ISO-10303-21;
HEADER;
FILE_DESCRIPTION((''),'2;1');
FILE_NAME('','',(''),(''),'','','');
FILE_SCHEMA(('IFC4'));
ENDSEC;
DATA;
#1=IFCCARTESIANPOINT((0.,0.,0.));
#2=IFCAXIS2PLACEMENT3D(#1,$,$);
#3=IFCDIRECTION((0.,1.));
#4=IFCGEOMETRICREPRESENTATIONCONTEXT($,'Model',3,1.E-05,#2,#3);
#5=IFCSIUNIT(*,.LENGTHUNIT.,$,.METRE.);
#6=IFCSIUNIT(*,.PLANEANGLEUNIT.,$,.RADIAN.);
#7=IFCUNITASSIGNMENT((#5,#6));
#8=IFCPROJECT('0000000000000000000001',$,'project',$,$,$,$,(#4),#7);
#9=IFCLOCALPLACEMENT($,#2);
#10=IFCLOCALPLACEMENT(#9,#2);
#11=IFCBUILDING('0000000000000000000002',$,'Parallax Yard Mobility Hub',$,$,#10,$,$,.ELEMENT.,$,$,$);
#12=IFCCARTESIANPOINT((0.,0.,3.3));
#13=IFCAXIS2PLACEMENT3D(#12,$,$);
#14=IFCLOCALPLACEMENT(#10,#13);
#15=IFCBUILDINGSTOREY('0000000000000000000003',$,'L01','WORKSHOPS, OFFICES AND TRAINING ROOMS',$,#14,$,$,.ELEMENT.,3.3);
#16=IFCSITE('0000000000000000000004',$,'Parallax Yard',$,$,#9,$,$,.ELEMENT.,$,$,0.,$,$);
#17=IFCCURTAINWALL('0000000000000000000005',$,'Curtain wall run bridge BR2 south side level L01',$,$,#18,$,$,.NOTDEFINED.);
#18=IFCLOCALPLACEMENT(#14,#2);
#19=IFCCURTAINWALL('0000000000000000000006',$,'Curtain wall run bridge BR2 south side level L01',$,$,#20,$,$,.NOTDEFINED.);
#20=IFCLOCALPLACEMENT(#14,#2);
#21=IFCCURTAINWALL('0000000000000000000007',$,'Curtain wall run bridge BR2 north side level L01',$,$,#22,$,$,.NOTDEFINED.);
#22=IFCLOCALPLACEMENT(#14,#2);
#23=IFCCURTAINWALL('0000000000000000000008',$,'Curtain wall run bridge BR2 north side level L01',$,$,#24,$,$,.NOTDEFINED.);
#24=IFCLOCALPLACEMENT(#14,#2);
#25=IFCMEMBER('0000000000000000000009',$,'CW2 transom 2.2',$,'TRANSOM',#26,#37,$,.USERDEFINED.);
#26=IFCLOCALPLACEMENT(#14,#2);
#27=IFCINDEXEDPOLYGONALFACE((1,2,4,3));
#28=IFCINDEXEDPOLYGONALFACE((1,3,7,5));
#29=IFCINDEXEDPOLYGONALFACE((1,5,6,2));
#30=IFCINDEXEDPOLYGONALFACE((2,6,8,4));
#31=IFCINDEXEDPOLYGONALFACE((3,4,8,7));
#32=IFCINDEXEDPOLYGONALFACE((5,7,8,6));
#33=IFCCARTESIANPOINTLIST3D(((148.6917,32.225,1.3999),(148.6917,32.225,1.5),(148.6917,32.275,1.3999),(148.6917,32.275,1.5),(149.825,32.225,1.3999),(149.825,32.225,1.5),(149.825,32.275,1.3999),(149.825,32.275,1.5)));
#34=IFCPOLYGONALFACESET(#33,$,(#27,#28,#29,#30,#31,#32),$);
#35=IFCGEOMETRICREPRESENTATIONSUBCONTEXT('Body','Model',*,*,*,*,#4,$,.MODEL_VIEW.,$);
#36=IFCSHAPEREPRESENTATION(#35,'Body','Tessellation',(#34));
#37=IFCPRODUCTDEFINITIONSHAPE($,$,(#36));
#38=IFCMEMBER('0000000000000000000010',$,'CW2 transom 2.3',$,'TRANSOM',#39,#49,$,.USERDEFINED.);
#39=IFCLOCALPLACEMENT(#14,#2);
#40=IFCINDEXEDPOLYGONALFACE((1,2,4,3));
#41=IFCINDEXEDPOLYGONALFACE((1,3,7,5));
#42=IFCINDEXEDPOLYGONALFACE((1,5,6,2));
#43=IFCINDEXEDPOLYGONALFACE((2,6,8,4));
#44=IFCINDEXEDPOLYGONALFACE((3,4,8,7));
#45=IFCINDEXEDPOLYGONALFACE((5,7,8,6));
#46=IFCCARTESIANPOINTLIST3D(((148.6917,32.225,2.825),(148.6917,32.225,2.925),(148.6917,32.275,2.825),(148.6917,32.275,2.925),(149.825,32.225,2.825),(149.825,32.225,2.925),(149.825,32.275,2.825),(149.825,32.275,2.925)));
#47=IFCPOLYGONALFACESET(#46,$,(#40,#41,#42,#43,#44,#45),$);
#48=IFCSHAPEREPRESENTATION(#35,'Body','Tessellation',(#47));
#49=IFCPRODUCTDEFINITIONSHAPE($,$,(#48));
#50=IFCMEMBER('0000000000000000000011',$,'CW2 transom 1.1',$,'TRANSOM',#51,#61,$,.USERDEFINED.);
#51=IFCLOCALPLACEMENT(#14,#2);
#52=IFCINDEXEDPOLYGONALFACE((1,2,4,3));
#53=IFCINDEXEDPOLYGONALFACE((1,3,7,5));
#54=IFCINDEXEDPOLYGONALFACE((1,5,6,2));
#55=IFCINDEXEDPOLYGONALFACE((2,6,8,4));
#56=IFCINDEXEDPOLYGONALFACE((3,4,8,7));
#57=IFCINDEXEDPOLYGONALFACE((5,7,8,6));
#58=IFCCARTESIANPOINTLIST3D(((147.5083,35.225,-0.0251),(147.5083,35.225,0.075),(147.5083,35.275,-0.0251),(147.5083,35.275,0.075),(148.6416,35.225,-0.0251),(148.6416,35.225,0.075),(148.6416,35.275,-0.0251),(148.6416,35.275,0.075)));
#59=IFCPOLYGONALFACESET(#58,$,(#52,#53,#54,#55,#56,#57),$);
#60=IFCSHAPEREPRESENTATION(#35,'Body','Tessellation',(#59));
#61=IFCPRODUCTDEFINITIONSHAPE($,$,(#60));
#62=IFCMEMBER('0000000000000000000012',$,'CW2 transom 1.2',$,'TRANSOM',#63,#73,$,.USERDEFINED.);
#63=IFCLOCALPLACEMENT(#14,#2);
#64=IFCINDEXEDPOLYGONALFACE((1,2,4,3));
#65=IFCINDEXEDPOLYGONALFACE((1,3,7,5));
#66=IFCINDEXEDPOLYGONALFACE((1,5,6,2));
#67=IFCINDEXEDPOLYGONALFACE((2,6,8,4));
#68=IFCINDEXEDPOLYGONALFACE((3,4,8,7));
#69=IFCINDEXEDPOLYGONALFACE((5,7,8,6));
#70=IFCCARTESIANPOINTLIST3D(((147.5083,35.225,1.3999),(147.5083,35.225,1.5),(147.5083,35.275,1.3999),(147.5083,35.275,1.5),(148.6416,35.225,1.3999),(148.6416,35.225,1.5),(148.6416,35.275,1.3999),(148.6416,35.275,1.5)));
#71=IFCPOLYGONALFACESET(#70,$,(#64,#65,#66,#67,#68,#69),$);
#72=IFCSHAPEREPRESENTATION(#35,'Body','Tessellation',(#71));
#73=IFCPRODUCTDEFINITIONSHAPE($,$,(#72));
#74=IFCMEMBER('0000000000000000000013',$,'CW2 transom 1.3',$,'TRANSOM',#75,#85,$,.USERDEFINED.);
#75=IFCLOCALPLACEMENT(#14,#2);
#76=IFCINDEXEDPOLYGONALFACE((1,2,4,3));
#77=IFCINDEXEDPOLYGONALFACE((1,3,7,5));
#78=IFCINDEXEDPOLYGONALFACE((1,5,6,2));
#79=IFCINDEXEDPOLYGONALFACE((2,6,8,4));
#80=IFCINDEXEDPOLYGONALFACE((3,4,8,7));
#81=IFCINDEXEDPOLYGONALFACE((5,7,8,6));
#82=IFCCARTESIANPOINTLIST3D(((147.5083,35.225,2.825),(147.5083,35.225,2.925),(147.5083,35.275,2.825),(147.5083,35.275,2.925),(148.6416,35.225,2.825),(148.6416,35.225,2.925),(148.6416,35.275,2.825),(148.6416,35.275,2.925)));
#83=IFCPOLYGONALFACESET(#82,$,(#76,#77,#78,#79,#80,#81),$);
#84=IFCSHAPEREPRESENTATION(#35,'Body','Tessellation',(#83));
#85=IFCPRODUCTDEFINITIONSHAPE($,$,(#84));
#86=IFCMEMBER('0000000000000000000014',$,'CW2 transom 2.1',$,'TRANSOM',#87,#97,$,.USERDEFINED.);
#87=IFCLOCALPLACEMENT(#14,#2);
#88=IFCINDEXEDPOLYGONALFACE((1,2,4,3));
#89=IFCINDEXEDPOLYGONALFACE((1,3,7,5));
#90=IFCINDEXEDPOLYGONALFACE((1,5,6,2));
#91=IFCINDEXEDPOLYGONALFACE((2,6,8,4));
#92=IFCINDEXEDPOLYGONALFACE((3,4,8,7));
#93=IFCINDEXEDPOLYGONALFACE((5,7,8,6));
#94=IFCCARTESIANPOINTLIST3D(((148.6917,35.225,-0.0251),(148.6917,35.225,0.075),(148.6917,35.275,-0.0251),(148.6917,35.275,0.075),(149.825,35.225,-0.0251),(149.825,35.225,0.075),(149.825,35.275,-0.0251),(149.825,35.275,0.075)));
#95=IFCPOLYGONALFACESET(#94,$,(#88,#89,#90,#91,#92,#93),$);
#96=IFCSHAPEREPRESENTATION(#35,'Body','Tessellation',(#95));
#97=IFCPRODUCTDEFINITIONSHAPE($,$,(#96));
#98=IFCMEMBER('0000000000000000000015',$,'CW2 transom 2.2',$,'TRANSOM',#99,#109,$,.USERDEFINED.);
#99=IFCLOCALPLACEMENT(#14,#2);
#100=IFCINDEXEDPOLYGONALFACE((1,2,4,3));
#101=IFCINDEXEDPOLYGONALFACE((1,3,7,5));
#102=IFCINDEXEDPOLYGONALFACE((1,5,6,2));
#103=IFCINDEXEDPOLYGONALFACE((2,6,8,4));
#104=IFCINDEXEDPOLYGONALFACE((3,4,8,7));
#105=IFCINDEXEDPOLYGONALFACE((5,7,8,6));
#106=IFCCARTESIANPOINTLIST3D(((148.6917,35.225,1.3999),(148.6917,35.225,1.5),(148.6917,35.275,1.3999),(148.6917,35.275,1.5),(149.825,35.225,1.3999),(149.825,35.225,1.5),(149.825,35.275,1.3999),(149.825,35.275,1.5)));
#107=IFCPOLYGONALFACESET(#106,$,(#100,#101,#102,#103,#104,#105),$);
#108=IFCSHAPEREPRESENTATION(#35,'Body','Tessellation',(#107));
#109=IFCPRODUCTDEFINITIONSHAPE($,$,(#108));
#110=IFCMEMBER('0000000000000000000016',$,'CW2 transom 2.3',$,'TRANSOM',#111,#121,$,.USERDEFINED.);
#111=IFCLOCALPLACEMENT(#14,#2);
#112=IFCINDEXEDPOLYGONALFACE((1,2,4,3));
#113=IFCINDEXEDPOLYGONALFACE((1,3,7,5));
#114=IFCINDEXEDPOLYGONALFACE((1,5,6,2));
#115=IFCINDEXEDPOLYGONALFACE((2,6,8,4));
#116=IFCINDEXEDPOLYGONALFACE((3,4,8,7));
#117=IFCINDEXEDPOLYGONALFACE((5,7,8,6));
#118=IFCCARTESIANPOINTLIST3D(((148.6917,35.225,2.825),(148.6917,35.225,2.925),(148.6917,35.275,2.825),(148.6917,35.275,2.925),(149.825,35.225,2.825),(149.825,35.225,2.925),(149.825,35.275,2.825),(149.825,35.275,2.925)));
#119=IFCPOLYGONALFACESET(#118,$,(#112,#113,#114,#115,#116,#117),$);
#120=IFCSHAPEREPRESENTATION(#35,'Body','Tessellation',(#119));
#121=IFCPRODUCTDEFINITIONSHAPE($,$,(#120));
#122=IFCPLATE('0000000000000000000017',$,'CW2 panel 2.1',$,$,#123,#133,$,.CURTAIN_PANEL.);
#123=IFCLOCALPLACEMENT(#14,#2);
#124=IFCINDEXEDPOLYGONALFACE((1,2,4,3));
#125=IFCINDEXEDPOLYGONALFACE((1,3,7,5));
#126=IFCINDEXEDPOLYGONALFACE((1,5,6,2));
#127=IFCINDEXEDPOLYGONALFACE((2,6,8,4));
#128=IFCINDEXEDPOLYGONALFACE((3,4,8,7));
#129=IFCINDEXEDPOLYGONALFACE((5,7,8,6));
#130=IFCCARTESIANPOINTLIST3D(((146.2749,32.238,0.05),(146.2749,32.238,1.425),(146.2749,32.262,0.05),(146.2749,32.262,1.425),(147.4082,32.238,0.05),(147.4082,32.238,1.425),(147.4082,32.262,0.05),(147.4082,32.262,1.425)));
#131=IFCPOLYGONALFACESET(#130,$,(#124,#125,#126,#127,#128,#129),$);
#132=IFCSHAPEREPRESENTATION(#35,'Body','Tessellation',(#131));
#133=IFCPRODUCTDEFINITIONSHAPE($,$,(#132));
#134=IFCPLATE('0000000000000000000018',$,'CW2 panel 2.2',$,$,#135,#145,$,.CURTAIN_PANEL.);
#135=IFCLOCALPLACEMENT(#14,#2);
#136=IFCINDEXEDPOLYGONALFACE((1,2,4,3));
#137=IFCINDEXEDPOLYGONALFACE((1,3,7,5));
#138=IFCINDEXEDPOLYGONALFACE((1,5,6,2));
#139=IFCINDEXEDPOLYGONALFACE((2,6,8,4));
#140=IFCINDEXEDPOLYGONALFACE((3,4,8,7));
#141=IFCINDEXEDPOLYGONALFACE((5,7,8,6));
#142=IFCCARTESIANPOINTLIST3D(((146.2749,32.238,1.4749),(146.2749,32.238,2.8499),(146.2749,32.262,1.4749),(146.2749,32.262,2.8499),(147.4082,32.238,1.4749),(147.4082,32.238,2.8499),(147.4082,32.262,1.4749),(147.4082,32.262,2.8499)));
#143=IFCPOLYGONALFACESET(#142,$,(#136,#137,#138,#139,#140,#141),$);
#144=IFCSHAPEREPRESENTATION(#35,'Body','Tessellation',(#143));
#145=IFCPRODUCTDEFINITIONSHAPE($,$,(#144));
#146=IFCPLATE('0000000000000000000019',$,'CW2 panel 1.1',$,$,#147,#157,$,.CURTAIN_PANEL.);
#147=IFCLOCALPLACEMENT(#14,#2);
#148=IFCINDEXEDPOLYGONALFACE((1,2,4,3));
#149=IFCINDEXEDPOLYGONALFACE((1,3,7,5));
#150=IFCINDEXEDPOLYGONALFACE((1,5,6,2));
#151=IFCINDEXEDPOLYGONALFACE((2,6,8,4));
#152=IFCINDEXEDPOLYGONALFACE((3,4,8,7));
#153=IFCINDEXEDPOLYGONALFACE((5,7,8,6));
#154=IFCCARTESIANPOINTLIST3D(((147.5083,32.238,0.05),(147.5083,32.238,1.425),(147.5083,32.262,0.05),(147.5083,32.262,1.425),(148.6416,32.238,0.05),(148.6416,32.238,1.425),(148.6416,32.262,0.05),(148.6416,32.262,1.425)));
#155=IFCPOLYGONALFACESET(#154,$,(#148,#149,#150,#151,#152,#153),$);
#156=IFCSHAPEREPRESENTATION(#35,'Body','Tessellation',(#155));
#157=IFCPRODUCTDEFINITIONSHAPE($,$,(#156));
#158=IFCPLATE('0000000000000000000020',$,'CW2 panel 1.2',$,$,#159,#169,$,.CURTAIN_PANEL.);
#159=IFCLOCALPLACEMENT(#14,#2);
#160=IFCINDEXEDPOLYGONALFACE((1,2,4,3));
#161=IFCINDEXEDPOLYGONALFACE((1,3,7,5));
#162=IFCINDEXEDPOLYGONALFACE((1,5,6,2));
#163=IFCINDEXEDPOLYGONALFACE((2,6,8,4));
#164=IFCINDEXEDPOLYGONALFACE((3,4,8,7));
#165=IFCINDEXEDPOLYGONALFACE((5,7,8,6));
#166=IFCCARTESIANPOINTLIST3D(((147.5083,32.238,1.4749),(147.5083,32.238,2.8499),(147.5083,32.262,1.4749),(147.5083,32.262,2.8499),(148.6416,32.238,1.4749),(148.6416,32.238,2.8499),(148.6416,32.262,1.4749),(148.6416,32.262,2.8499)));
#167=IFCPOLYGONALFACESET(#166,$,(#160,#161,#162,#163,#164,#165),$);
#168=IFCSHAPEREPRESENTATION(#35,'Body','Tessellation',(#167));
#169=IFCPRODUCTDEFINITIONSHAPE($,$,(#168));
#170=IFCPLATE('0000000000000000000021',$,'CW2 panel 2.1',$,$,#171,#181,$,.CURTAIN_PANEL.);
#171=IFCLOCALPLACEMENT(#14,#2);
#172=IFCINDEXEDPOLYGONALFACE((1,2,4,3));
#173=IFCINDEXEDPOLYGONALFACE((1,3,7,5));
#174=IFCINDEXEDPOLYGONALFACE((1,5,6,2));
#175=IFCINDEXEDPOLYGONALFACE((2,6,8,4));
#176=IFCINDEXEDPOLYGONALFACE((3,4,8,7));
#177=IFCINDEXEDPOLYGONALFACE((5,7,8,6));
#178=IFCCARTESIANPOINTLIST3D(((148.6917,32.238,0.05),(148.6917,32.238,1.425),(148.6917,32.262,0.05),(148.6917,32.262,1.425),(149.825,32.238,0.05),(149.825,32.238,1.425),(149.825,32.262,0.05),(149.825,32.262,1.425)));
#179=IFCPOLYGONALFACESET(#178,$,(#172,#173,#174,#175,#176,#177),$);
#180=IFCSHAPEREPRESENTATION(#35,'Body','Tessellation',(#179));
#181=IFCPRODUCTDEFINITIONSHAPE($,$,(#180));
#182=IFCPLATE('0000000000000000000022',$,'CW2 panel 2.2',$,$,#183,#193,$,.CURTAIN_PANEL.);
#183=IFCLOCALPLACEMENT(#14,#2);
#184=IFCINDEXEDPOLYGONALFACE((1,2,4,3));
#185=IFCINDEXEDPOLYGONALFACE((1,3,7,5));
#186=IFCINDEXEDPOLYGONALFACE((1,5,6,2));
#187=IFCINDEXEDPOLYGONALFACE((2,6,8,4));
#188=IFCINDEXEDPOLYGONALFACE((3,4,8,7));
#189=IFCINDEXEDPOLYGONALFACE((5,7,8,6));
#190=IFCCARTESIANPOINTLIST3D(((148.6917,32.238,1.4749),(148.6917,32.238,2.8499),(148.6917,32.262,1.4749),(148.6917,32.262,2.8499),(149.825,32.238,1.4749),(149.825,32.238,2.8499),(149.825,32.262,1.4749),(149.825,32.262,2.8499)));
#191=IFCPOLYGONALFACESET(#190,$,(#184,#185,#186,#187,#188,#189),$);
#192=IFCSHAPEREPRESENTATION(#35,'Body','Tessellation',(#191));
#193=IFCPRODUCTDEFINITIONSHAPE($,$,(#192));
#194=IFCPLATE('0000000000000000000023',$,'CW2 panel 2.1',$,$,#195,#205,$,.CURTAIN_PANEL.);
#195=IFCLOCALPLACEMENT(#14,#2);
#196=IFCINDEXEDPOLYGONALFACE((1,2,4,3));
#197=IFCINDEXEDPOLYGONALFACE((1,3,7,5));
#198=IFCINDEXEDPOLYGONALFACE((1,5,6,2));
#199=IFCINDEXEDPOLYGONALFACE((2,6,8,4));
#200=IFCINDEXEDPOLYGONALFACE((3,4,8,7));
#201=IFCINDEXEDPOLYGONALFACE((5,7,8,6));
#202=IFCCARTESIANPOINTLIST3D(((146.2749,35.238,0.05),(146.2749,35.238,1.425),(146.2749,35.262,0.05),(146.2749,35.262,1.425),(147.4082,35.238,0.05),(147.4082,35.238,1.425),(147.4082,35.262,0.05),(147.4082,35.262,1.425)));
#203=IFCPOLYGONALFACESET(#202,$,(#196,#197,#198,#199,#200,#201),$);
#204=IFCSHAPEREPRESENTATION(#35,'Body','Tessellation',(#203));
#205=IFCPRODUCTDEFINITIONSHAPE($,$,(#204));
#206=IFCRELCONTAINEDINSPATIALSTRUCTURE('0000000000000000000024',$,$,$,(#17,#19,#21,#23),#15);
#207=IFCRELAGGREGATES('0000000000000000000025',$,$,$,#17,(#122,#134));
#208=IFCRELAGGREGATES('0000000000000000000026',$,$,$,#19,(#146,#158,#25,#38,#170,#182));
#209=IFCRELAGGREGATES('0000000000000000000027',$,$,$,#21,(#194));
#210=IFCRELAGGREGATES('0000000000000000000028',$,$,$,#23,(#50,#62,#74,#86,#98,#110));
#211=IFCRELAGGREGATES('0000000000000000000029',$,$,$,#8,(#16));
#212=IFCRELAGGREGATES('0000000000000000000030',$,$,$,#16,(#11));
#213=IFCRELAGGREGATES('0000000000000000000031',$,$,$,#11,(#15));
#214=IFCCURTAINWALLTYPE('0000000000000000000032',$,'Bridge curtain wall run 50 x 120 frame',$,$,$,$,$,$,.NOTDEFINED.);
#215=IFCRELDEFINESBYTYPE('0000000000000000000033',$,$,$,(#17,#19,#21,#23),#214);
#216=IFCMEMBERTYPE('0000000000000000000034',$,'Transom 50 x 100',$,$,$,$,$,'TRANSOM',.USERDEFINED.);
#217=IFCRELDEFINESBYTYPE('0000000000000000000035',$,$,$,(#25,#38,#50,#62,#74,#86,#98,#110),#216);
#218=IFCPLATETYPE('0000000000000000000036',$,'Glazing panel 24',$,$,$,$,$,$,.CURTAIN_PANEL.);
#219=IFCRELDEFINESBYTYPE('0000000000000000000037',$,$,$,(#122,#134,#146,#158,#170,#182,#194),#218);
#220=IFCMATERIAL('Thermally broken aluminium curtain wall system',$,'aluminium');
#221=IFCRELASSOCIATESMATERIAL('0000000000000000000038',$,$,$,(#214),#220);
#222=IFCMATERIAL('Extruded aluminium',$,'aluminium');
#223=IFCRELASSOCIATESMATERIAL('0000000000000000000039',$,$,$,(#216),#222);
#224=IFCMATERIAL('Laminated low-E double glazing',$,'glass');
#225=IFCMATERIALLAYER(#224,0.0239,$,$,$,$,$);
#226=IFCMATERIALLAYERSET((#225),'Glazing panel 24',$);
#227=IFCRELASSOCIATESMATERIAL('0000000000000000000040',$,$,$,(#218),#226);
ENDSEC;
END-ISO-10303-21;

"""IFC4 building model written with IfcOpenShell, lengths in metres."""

from ifc_helpers import new_model, si_unit, direction, frame, origin, origin_2d, place, context, subcontext, project, spatial, rectangle, extrude, material, layer, layer_set, material_profile, profile_set, type_object, element, aggregate, save


model = new_model("IFC4")

# Units and contexts
model_context = context("Model", 3, precision=1e-05, world=origin(), true_north=direction((0.0, 1.0)))
body_context = subcontext(model_context, "Body", "Model", "MODEL_VIEW")
ifc_project = project(units=[si_unit("LENGTHUNIT", "METRE"), si_unit("PLANEANGLEUNIT", "RADIAN")], contexts=[model_context])

# Site, building, storey
site_placement = place(None, origin())
site = spatial("IfcSite", under=ifc_project, at=site_placement, Name="Parallax Yard", CompositionType="ELEMENT", RefElevation=0.0)
building_placement = place(site_placement, origin())
building = spatial("IfcBuilding", under=site, at=building_placement, Name="Parallax Yard Mobility Hub", CompositionType="ELEMENT")
storey_placement = place(building_placement, frame((0.0, 0.0, 3.3)))
storey = spatial("IfcBuildingStorey", under=building, at=storey_placement, Name="L01", Description="WORKSHOPS, OFFICES AND TRAINING ROOMS", CompositionType="ELEMENT", Elevation=3.3)

# Curtain wall
ifc_material_1 = material(Name="Thermally broken aluminium curtain wall system", Category="aluminium")
curtain_wall_type = type_object("IfcCurtainWallType", Name="Bridge curtain wall run 50 x 120 frame", PredefinedType="NOTDEFINED", material=ifc_material_1)
curtain_wall_1_placement = place(storey_placement, origin())
curtain_wall_1 = element("IfcCurtainWall", 1, at=curtain_wall_1_placement, inside=storey, type_object=curtain_wall_type, Name="Curtain wall run bridge BR2 south side level L01", PredefinedType="NOTDEFINED")
ifc_material_2 = material(Name="Extruded aluminium", Category="aluminium")

# Curtain wall
curtain_wall_2_placement = place(storey_placement, origin())
curtain_wall_2 = element("IfcCurtainWall", 2, at=curtain_wall_2_placement, inside=storey, type_object=curtain_wall_type, Name="Curtain wall run bridge BR2 south side level L01", PredefinedType="NOTDEFINED")

# Curtain wall
curtain_wall_3_placement = place(storey_placement, origin())
curtain_wall_3 = element("IfcCurtainWall", 3, at=curtain_wall_3_placement, inside=storey, type_object=curtain_wall_type, Name="Curtain wall run bridge BR2 north side level L01", PredefinedType="NOTDEFINED")

# Curtain wall
curtain_wall_4_placement = place(storey_placement, origin())
curtain_wall_4 = element("IfcCurtainWall", 4, at=curtain_wall_4_placement, inside=storey, type_object=curtain_wall_type, Name="Curtain wall run bridge BR2 north side level L01", PredefinedType="NOTDEFINED")

# Members
ifc_material_profile_1 = material_profile(ifc_material_2, rectangle(XDim=0.05, YDim=0.1001, at=origin_2d()), Name="Transom 50 x 100")
ifc_profile_set_1 = profile_set([ifc_material_profile_1], Name="Extruded aluminium")
member_type_1 = type_object("IfcMemberType", Name="Transom 50 x 100", ElementType="TRANSOM", PredefinedType="USERDEFINED", material=ifc_profile_set_1)
member_1_placement = place(storey_placement, frame((148.6917, 32.25, 1.45), z_axis=(1.0, 0.0, 0.0), x_axis=(0.0, 1.0, 0.0)))
member_1 = element("IfcMember", 5, at=member_1_placement, type_object=member_type_1, Name="CW2 transom 2.2", ObjectType="TRANSOM", PredefinedType="USERDEFINED", context=body_context, shape_type="SweptSolid", body=[
    extrude(rectangle(XDim=0.05, YDim=0.1001, at=origin_2d()), origin(), (0.0, 0.0, 1.0), 1.1333),
])
member_2_placement = place(storey_placement, frame((148.6917, 32.25, 2.875), z_axis=(1.0, 0.0, 0.0), x_axis=(0.0, 1.0, 0.0)))
member_2 = element("IfcMember", 6, at=member_2_placement, type_object=member_type_1, Name="CW2 transom 2.3", ObjectType="TRANSOM", PredefinedType="USERDEFINED", context=body_context, shape_type="SweptSolid", body=[
    extrude(rectangle(XDim=0.05, YDim=0.1001, at=origin_2d()), origin(), (0.0, 0.0, 1.0), 1.1333),
])
member_3_placement = place(storey_placement, frame((147.5083, 35.25, 0.0249), z_axis=(1.0, 0.0, 0.0), x_axis=(0.0, 1.0, 0.0)))
member_3 = element("IfcMember", 7, at=member_3_placement, type_object=member_type_1, Name="CW2 transom 1.1", ObjectType="TRANSOM", PredefinedType="USERDEFINED", context=body_context, shape_type="SweptSolid", body=[
    extrude(rectangle(XDim=0.05, YDim=0.1001, at=origin_2d()), origin(), (0.0, 0.0, 1.0), 1.1333),
])
member_4_placement = place(storey_placement, frame((147.5083, 35.25, 1.45), z_axis=(1.0, 0.0, 0.0), x_axis=(0.0, 1.0, 0.0)))
member_4 = element("IfcMember", 8, at=member_4_placement, type_object=member_type_1, Name="CW2 transom 1.2", ObjectType="TRANSOM", PredefinedType="USERDEFINED", context=body_context, shape_type="SweptSolid", body=[
    extrude(rectangle(XDim=0.05, YDim=0.1001, at=origin_2d()), origin(), (0.0, 0.0, 1.0), 1.1333),
])
member_5_placement = place(storey_placement, frame((147.5083, 35.25, 2.875), z_axis=(1.0, 0.0, 0.0), x_axis=(0.0, 1.0, 0.0)))
member_5 = element("IfcMember", 9, at=member_5_placement, type_object=member_type_1, Name="CW2 transom 1.3", ObjectType="TRANSOM", PredefinedType="USERDEFINED", context=body_context, shape_type="SweptSolid", body=[
    extrude(rectangle(XDim=0.05, YDim=0.1001, at=origin_2d()), origin(), (0.0, 0.0, 1.0), 1.1333),
])
member_6_placement = place(storey_placement, frame((148.6917, 35.25, 0.0249), z_axis=(1.0, 0.0, 0.0), x_axis=(0.0, 1.0, 0.0)))
member_6 = element("IfcMember", 10, at=member_6_placement, type_object=member_type_1, Name="CW2 transom 2.1", ObjectType="TRANSOM", PredefinedType="USERDEFINED", context=body_context, shape_type="SweptSolid", body=[
    extrude(rectangle(XDim=0.05, YDim=0.1001, at=origin_2d()), origin(), (0.0, 0.0, 1.0), 1.1333),
])
member_7_placement = place(storey_placement, frame((148.6917, 35.25, 1.45), z_axis=(1.0, 0.0, 0.0), x_axis=(0.0, 1.0, 0.0)))
member_7 = element("IfcMember", 11, at=member_7_placement, type_object=member_type_1, Name="CW2 transom 2.2", ObjectType="TRANSOM", PredefinedType="USERDEFINED", context=body_context, shape_type="SweptSolid", body=[
    extrude(rectangle(XDim=0.05, YDim=0.1001, at=origin_2d()), origin(), (0.0, 0.0, 1.0), 1.1333),
])
member_8_placement = place(storey_placement, frame((148.6917, 35.25, 2.875), z_axis=(1.0, 0.0, 0.0), x_axis=(0.0, 1.0, 0.0)))
member_8 = element("IfcMember", 12, at=member_8_placement, type_object=member_type_1, Name="CW2 transom 2.3", ObjectType="TRANSOM", PredefinedType="USERDEFINED", context=body_context, shape_type="SweptSolid", body=[
    extrude(rectangle(XDim=0.05, YDim=0.1001, at=origin_2d()), origin(), (0.0, 0.0, 1.0), 1.1333),
])

# Plates
ifc_material_3 = material(Name="Laminated low-E double glazing", Category="glass")
ifc_layer = layer(ifc_material_3, 0.0239)
ifc_layer_set = layer_set([ifc_layer], Name="Glazing panel 24")
plate_type = type_object("IfcPlateType", Name="Glazing panel 24", PredefinedType="CURTAIN_PANEL", material=ifc_layer_set)
plate_1_placement = place(storey_placement, frame((146.8416, 32.25, 0.05), z_axis=(0.0, 0.0, 1.0), x_axis=(1.0, 0.0, 0.0)))
plate_1 = element("IfcPlate", 13, at=plate_1_placement, type_object=plate_type, Name="CW2 panel 2.1", PredefinedType="CURTAIN_PANEL", context=body_context, shape_type="SweptSolid", body=[
    extrude(rectangle(XDim=1.1333, YDim=0.0239, at=origin_2d()), origin(), (0.0, 0.0, 1.0), 1.375),
])
plate_2_placement = place(storey_placement, frame((146.8416, 32.25, 1.4749), z_axis=(0.0, 0.0, 1.0), x_axis=(1.0, 0.0, 0.0)))
plate_2 = element("IfcPlate", 14, at=plate_2_placement, type_object=plate_type, Name="CW2 panel 2.2", PredefinedType="CURTAIN_PANEL", context=body_context, shape_type="SweptSolid", body=[
    extrude(rectangle(XDim=1.1333, YDim=0.0239, at=origin_2d()), origin(), (0.0, 0.0, 1.0), 1.375),
])
aggregate(curtain_wall_1, [plate_1, plate_2])
plate_3_placement = place(storey_placement, frame((148.075, 32.25, 0.05), z_axis=(0.0, 0.0, 1.0), x_axis=(1.0, 0.0, 0.0)))
plate_3 = element("IfcPlate", 15, at=plate_3_placement, type_object=plate_type, Name="CW2 panel 1.1", PredefinedType="CURTAIN_PANEL", context=body_context, shape_type="SweptSolid", body=[
    extrude(rectangle(XDim=1.1333, YDim=0.0239, at=origin_2d()), origin(), (0.0, 0.0, 1.0), 1.375),
])
plate_4_placement = place(storey_placement, frame((148.075, 32.25, 1.4749), z_axis=(0.0, 0.0, 1.0), x_axis=(1.0, 0.0, 0.0)))
plate_4 = element("IfcPlate", 16, at=plate_4_placement, type_object=plate_type, Name="CW2 panel 1.2", PredefinedType="CURTAIN_PANEL", context=body_context, shape_type="SweptSolid", body=[
    extrude(rectangle(XDim=1.1333, YDim=0.0239, at=origin_2d()), origin(), (0.0, 0.0, 1.0), 1.375),
])
plate_5_placement = place(storey_placement, frame((149.2583, 32.25, 0.05), z_axis=(0.0, 0.0, 1.0), x_axis=(1.0, 0.0, 0.0)))
plate_5 = element("IfcPlate", 17, at=plate_5_placement, type_object=plate_type, Name="CW2 panel 2.1", PredefinedType="CURTAIN_PANEL", context=body_context, shape_type="SweptSolid", body=[
    extrude(rectangle(XDim=1.1333, YDim=0.0239, at=origin_2d()), origin(), (0.0, 0.0, 1.0), 1.375),
])
plate_6_placement = place(storey_placement, frame((149.2583, 32.25, 1.4749), z_axis=(0.0, 0.0, 1.0), x_axis=(1.0, 0.0, 0.0)))
plate_6 = element("IfcPlate", 18, at=plate_6_placement, type_object=plate_type, Name="CW2 panel 2.2", PredefinedType="CURTAIN_PANEL", context=body_context, shape_type="SweptSolid", body=[
    extrude(rectangle(XDim=1.1333, YDim=0.0239, at=origin_2d()), origin(), (0.0, 0.0, 1.0), 1.375),
])
aggregate(curtain_wall_2, [plate_3, plate_4, member_1, member_2, plate_5, plate_6])
plate_7_placement = place(storey_placement, frame((146.8416, 35.25, 0.05), z_axis=(0.0, 0.0, 1.0), x_axis=(1.0, 0.0, 0.0)))
plate_7 = element("IfcPlate", 19, at=plate_7_placement, type_object=plate_type, Name="CW2 panel 2.1", PredefinedType="CURTAIN_PANEL", context=body_context, shape_type="SweptSolid", body=[
    extrude(rectangle(XDim=1.1333, YDim=0.0239, at=origin_2d()), origin(), (0.0, 0.0, 1.0), 1.375),
])
aggregate(curtain_wall_3, [plate_7])
aggregate(curtain_wall_4, [member_3, member_4, member_5, member_6, member_7, member_8])

save(model, "model.ifc")
